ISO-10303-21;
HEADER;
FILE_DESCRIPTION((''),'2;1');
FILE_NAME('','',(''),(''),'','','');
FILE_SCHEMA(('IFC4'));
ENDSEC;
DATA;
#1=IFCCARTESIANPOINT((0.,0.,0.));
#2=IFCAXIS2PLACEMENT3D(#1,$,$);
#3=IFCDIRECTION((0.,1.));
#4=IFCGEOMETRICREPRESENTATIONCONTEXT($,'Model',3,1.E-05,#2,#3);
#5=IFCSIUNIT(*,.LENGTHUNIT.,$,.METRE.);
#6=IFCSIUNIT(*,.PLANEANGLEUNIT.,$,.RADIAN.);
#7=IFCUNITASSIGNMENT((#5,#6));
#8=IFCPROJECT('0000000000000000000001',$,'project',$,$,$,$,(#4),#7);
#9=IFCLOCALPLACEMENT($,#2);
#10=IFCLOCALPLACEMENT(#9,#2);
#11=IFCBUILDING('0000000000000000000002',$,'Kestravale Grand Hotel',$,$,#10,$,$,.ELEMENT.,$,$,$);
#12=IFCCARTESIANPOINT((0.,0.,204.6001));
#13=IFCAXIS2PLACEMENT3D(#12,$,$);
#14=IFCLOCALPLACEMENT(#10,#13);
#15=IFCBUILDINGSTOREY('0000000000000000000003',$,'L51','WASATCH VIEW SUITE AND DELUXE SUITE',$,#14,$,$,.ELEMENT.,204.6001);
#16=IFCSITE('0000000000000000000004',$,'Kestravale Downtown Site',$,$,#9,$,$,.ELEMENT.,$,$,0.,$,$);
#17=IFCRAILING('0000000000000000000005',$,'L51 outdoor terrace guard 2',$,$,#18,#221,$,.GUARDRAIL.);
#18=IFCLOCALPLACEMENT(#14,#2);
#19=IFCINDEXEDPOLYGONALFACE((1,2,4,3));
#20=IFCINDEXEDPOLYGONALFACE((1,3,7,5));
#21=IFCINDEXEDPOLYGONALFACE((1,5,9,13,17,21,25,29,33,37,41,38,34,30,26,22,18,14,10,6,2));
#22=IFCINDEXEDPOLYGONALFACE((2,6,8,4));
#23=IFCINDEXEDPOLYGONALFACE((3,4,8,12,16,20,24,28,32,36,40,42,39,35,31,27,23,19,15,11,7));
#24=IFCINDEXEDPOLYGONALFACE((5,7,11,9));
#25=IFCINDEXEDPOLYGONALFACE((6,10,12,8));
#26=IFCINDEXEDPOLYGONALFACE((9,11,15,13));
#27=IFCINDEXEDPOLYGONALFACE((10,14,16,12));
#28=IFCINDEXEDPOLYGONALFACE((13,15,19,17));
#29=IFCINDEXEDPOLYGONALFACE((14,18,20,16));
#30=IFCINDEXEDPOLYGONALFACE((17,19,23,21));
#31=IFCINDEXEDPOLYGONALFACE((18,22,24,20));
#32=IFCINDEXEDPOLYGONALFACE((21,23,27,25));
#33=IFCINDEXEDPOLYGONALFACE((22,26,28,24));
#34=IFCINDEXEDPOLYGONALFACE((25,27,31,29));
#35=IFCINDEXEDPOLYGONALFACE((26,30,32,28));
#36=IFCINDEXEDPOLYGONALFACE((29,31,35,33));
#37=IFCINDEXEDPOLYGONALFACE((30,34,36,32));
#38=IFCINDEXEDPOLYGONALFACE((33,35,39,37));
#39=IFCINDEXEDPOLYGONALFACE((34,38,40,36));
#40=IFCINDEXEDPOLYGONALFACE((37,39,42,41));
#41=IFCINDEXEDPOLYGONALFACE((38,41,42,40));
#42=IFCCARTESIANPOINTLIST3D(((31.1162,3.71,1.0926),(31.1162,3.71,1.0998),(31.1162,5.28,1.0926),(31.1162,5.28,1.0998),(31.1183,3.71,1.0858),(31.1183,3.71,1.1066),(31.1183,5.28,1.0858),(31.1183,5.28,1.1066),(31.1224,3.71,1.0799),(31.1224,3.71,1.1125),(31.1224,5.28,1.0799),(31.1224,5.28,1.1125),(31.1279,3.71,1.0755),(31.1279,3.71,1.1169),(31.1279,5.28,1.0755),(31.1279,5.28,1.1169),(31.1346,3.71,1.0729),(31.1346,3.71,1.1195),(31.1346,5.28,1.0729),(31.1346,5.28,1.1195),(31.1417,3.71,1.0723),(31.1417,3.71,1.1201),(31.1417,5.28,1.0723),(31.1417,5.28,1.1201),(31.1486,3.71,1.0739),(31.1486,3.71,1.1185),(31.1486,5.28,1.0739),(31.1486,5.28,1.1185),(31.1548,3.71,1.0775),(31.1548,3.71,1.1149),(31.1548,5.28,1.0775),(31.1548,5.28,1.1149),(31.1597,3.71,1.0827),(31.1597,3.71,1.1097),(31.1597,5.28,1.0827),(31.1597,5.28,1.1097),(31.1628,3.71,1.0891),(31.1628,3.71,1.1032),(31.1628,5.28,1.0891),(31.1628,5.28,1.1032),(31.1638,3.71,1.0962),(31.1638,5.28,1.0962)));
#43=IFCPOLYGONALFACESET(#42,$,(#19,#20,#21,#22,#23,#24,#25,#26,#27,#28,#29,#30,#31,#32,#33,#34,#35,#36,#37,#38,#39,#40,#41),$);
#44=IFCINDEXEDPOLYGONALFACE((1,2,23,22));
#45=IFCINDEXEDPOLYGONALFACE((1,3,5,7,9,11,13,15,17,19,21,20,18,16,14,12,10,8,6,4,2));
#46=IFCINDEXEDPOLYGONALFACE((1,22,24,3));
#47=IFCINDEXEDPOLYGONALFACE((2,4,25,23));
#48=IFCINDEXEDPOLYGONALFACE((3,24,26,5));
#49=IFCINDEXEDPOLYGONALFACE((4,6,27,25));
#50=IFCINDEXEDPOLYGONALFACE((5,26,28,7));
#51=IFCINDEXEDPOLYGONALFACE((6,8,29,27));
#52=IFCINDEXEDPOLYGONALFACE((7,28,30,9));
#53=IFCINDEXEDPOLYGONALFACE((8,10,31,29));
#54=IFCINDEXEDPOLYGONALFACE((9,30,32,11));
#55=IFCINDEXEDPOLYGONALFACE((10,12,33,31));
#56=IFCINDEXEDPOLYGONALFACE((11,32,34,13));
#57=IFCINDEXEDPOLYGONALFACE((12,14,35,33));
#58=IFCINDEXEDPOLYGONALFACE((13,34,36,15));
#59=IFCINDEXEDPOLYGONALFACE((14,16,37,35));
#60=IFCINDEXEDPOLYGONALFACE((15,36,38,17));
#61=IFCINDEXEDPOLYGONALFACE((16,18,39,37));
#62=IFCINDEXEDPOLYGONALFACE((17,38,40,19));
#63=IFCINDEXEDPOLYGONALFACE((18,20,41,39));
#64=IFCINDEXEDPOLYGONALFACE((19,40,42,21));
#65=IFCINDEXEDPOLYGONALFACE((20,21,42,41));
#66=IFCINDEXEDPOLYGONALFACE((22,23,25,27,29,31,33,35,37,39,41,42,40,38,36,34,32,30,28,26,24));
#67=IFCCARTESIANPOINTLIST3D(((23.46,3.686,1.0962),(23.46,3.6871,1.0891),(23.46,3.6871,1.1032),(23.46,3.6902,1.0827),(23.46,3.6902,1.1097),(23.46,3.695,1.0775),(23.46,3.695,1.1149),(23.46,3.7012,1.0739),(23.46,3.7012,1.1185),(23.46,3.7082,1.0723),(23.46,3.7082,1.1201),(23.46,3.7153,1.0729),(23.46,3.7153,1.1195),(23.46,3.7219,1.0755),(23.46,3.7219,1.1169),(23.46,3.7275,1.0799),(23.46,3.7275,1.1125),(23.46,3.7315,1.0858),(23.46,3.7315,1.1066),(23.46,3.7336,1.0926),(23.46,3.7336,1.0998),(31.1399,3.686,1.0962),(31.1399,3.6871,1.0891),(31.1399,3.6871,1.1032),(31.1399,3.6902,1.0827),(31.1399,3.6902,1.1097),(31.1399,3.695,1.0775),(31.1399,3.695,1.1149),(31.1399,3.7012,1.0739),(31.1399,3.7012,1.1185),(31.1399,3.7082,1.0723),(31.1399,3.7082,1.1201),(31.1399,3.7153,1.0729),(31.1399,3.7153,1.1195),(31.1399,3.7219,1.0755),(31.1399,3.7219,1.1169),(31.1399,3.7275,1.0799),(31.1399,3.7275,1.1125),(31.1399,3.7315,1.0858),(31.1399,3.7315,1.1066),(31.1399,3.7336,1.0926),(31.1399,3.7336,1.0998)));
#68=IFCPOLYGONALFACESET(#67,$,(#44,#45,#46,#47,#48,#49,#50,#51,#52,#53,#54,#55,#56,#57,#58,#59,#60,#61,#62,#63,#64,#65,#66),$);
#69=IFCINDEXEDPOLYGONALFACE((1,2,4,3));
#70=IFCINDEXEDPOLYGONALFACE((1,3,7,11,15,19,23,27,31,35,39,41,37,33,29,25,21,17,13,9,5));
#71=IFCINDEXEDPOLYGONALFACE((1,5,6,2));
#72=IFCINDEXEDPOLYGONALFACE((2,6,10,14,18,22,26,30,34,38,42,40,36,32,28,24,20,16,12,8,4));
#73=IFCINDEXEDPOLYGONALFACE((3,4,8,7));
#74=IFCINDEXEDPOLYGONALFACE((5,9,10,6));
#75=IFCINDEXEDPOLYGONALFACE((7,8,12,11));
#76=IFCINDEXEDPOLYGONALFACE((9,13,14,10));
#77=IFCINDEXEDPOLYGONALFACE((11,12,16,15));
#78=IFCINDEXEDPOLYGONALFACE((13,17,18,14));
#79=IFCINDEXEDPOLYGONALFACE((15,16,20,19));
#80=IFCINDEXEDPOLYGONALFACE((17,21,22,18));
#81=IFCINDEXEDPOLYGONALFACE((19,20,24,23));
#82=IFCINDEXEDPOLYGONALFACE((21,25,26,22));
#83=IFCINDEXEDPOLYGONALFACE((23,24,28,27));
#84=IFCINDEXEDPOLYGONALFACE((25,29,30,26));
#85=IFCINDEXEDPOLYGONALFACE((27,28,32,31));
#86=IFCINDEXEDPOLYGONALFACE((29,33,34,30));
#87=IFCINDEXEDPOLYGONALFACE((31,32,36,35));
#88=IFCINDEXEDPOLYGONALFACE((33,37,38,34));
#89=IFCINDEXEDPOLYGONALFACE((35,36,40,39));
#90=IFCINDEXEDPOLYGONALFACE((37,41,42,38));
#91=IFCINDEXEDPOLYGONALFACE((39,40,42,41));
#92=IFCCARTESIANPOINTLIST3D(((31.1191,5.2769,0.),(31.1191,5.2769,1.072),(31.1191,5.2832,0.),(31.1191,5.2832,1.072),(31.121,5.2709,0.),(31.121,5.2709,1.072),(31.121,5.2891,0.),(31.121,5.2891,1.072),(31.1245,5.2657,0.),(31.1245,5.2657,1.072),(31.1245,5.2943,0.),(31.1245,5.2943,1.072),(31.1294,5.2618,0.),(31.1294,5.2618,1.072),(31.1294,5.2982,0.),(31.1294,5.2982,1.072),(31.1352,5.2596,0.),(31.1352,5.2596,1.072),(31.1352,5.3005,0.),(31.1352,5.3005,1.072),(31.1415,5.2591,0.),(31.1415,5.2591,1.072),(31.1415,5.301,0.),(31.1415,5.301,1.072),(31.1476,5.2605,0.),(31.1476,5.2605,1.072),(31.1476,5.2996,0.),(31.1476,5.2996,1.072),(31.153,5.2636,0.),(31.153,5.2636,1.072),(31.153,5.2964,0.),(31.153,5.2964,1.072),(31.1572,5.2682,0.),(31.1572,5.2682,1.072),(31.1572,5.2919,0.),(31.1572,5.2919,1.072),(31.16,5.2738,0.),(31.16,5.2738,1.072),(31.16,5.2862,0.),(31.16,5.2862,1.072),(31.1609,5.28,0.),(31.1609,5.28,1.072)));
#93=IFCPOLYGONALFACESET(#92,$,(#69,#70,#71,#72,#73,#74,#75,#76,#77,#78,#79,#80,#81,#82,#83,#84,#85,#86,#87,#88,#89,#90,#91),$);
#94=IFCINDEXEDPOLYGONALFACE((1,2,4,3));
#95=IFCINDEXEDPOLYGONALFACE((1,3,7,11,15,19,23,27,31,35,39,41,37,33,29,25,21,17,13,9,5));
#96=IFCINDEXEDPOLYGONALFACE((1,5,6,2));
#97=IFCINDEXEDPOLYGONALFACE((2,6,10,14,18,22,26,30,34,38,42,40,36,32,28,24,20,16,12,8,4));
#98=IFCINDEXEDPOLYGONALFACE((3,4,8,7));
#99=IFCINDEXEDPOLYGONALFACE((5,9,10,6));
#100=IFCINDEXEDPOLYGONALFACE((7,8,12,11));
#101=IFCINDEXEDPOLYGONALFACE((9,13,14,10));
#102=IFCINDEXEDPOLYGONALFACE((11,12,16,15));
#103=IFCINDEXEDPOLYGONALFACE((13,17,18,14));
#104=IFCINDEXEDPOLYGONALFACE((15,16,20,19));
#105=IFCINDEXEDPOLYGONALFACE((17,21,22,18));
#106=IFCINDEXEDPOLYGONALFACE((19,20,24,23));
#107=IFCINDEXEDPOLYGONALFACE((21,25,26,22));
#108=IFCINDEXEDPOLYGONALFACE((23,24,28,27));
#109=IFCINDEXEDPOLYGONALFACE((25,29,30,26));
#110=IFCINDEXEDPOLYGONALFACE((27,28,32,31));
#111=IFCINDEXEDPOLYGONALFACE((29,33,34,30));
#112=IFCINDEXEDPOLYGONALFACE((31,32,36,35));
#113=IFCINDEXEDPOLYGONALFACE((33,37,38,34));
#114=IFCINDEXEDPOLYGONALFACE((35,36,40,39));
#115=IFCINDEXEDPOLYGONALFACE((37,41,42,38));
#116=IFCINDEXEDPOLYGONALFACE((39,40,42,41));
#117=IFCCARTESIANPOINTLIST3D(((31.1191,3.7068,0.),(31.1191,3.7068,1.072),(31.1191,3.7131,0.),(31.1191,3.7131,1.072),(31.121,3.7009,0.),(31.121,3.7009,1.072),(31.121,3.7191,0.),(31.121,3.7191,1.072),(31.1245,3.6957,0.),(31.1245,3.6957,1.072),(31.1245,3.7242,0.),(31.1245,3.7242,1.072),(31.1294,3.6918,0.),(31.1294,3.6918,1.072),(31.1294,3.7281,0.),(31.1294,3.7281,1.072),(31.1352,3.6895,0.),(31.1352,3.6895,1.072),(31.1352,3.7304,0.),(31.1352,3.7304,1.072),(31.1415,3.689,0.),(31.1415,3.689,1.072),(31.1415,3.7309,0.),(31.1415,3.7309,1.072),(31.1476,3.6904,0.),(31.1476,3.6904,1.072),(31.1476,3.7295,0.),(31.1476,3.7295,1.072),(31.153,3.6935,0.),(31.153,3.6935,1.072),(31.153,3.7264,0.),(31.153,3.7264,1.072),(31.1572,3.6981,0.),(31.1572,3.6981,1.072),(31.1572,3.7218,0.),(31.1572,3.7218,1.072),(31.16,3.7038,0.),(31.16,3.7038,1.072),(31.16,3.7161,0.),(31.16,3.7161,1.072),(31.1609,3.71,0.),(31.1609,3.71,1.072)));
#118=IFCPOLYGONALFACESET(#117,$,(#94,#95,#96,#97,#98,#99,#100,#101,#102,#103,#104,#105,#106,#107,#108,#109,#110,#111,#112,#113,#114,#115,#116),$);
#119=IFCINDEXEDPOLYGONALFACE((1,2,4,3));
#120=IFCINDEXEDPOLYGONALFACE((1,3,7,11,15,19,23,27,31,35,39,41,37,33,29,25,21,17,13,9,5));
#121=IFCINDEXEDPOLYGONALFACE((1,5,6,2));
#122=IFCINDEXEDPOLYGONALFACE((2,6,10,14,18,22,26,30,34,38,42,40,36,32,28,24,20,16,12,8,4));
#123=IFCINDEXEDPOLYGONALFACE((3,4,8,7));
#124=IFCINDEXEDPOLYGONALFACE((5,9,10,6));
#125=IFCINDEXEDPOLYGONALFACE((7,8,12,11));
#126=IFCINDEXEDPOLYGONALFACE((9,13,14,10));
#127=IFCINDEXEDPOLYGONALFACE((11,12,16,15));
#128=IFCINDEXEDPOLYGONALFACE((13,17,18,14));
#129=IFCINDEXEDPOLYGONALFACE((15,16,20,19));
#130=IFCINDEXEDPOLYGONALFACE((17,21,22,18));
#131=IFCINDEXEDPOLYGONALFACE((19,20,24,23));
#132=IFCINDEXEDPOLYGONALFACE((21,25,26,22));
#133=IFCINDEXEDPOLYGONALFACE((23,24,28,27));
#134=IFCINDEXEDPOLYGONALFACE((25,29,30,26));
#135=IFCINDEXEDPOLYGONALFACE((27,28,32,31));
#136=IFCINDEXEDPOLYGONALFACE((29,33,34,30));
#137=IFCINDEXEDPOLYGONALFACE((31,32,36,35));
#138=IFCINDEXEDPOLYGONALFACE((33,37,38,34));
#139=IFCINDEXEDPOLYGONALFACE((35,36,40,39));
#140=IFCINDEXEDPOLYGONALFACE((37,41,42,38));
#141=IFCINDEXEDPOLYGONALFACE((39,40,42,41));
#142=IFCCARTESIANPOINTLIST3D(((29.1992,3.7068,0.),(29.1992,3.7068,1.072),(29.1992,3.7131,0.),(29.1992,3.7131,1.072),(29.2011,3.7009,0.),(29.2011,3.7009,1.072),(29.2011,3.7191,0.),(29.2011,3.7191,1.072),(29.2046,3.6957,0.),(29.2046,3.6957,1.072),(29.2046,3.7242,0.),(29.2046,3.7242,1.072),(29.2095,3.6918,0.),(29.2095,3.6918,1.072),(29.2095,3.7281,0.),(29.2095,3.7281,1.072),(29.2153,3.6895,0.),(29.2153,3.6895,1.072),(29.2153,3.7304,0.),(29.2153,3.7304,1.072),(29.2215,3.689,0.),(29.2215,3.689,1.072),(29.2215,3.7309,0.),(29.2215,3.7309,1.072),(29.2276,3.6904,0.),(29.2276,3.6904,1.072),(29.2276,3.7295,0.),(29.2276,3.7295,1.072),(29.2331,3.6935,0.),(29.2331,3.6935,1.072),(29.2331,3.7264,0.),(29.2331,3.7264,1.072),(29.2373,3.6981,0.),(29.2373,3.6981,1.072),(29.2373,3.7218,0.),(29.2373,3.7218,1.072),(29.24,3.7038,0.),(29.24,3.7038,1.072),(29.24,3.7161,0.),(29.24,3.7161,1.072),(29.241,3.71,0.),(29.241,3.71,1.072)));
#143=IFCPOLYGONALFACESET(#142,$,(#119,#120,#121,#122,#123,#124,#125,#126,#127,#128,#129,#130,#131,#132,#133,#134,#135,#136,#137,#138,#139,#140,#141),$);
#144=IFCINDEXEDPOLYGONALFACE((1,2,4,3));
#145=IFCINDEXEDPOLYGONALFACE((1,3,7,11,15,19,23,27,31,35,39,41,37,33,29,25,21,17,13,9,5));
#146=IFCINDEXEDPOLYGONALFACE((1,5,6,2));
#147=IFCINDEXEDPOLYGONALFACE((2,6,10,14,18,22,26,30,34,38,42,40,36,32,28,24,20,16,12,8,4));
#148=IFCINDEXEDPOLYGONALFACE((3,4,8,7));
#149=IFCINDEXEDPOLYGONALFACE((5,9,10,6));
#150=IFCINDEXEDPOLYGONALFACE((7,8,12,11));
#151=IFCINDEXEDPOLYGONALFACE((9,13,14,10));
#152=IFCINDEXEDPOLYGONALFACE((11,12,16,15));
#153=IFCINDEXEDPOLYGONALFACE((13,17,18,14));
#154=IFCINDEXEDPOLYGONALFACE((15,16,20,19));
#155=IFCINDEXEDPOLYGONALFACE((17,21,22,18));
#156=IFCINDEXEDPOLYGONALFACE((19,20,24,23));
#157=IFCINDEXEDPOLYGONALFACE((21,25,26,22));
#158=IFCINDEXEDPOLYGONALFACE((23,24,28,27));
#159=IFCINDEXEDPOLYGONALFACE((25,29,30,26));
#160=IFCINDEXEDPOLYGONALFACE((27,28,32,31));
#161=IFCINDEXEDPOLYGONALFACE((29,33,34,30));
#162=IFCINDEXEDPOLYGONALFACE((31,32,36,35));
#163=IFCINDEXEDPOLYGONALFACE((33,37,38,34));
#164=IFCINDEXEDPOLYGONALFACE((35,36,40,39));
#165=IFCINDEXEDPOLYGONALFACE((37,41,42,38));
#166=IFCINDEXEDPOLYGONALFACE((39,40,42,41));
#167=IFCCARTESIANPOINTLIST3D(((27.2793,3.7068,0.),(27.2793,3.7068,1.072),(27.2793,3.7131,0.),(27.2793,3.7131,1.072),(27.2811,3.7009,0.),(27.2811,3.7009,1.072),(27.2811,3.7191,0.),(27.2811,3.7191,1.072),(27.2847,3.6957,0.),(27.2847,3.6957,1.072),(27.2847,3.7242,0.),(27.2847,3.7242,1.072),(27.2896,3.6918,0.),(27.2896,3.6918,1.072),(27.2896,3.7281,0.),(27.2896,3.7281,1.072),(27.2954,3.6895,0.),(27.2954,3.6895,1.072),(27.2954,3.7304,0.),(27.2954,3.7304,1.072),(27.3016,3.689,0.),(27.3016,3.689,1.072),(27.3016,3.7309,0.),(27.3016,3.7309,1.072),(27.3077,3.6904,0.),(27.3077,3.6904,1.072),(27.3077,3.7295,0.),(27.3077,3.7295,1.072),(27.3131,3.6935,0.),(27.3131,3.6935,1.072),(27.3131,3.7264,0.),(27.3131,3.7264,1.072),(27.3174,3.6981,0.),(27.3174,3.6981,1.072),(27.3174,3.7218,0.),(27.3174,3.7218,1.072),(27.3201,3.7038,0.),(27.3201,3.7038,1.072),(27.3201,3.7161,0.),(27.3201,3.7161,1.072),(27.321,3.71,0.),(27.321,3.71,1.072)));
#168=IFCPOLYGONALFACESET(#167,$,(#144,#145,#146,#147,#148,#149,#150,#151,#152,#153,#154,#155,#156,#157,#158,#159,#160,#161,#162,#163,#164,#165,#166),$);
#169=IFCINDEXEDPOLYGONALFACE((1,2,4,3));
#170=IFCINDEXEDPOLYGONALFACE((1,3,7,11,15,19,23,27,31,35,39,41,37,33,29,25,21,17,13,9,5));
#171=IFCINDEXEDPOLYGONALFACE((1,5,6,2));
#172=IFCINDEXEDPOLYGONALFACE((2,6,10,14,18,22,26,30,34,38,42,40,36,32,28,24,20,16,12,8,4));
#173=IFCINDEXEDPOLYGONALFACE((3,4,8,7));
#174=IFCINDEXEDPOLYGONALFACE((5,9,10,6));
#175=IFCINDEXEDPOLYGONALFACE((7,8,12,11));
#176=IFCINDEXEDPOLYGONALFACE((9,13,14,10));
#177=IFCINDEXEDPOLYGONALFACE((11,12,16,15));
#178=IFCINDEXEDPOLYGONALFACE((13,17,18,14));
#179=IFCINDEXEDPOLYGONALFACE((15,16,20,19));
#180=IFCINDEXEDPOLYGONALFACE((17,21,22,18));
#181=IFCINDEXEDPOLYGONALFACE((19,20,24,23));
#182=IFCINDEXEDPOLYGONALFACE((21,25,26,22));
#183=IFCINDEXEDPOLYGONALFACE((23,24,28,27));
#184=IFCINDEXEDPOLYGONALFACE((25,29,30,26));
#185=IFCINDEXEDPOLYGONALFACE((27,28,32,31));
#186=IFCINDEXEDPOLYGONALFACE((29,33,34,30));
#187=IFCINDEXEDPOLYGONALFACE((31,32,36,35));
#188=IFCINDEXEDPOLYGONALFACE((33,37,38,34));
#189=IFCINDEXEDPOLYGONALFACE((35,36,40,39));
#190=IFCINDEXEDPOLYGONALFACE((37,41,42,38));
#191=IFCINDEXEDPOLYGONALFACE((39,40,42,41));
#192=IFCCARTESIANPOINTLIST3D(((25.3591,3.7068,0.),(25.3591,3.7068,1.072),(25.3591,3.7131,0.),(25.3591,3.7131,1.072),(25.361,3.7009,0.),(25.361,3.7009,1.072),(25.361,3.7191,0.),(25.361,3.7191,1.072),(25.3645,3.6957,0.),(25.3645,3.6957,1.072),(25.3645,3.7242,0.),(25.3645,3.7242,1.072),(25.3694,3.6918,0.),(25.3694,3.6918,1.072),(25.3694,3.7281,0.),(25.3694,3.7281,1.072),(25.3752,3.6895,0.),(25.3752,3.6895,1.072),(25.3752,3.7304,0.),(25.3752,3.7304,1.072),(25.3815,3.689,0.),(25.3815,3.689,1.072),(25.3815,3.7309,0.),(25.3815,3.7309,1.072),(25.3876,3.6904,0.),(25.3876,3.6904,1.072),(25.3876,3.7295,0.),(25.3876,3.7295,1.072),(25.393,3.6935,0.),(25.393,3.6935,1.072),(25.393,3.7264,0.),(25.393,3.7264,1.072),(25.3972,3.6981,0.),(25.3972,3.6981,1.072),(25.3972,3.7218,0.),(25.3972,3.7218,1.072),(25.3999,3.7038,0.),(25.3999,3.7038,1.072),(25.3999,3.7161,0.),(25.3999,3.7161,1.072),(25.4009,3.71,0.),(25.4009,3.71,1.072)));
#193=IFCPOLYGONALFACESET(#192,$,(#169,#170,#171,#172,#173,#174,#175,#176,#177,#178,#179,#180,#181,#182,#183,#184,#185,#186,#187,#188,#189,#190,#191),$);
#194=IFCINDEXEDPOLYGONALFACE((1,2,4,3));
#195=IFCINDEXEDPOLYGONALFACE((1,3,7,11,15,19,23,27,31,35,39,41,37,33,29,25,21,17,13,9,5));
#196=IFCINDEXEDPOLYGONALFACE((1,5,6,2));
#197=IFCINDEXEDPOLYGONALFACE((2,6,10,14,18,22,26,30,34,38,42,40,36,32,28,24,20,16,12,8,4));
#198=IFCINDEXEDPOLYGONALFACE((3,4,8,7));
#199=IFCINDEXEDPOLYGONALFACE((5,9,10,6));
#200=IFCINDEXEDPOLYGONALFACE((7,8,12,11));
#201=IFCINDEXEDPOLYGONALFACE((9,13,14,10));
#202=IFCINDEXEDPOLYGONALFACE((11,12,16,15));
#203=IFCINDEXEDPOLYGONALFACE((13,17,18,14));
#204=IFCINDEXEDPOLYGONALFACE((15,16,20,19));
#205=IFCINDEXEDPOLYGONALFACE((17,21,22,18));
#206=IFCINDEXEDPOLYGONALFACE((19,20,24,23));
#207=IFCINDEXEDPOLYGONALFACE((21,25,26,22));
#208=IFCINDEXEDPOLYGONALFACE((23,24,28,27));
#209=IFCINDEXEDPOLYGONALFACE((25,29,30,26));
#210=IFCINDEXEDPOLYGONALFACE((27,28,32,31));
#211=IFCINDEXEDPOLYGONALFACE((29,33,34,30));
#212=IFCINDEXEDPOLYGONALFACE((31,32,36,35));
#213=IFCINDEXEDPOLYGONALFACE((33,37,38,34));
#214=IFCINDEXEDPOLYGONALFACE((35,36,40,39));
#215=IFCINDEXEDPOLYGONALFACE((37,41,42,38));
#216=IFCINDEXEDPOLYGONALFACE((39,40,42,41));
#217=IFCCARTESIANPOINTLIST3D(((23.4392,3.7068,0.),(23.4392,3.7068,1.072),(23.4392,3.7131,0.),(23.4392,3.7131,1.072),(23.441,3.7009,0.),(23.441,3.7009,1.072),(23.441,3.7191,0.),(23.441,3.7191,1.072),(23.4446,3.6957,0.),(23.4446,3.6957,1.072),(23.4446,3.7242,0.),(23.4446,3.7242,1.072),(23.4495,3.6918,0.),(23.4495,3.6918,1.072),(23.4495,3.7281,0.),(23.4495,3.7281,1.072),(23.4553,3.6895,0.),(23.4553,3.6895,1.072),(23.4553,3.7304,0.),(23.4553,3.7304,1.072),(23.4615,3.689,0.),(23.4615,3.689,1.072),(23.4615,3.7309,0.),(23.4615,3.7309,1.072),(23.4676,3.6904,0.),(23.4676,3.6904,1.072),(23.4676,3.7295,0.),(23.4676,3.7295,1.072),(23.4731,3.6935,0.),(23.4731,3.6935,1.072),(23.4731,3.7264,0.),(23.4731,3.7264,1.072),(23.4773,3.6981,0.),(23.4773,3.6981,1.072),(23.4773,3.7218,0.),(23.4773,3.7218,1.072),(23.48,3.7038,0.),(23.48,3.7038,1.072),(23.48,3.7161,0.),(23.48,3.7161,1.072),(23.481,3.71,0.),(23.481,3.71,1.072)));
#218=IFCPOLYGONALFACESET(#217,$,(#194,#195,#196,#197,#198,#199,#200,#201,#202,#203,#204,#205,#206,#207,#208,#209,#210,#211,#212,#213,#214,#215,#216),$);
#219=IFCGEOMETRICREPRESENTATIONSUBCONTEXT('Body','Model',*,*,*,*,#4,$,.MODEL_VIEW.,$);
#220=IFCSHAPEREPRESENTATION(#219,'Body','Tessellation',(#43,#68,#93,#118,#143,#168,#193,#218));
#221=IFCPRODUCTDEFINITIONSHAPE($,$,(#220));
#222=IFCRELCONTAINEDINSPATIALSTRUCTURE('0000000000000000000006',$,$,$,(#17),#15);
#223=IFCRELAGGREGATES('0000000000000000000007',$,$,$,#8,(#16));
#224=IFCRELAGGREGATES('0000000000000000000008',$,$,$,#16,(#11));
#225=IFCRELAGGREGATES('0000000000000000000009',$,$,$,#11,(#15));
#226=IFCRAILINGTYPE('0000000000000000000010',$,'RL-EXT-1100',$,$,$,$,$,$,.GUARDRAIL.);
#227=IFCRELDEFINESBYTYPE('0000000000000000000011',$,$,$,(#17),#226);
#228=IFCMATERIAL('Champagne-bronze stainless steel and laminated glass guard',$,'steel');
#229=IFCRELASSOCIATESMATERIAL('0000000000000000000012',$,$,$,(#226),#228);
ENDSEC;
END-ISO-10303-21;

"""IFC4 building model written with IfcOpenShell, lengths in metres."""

from ifc_helpers import new_model, si_unit, direction, frame, origin, origin_2d, place, context, subcontext, project, spatial, circle, extrude, material, type_object, element, save


model = new_model("IFC4")

# Units and contexts
model_context = context("Model", 3, precision=1e-05, world=origin(), true_north=direction((0.0, 1.0)))
body_context = subcontext(model_context, "Body", "Model", "MODEL_VIEW")
ifc_project = project(units=[si_unit("LENGTHUNIT", "METRE"), si_unit("PLANEANGLEUNIT", "RADIAN")], contexts=[model_context])

# Site, building, storey
site_placement = place(None, origin())
site = spatial("IfcSite", under=ifc_project, at=site_placement, Name="Kestravale Downtown Site", CompositionType="ELEMENT", RefElevation=0.0)
building_placement = place(site_placement, origin())
building = spatial("IfcBuilding", under=site, at=building_placement, Name="Kestravale Grand Hotel", CompositionType="ELEMENT")
storey_placement = place(building_placement, frame((0.0, 0.0, 204.6001)))
storey = spatial("IfcBuildingStorey", under=building, at=storey_placement, Name="L51", Description="WASATCH VIEW SUITE AND DELUXE SUITE", CompositionType="ELEMENT", Elevation=204.6001)

# Railing
ifc_material_1 = material(Name="Champagne-bronze stainless steel and laminated glass guard", Category="steel")
railing_type = type_object("IfcRailingType", Name="RL-EXT-1100", PredefinedType="GUARDRAIL", material=ifc_material_1)
railing_1_placement = place(storey_placement, frame((31.1399, 5.28, 0.0)))
element("IfcRailing", 1, at=railing_1_placement, inside=storey, type_object=railing_type, Name="L51 outdoor terrace guard 2", PredefinedType="GUARDRAIL", context=body_context, shape_type="SweptSolid", body=[
    extrude(circle(Radius=0.0239, at=origin_2d()), frame((0.0, 0.0, 1.0962), z_axis=(0.0, -1.0, 0.0), x_axis=(1.0, 0.0, 0.0)), (0.0, 0.0, 1.0), 1.5701),
    extrude(circle(Radius=0.0239, at=origin_2d()), frame((0.0, -1.5701, 1.0962), z_axis=(-1.0, 0.0, 0.0), x_axis=(0.0, -1.0, 0.0)), (0.0, 0.0, 1.0), 7.6799),
    extrude(circle(Radius=0.021, at=origin_2d()), origin(), (0.0, 0.0, 1.0), 1.072),
    extrude(circle(Radius=0.021, at=origin_2d()), frame((0.0, -1.5701, 0.0)), (0.0, 0.0, 1.0), 1.072),
    extrude(circle(Radius=0.021, at=origin_2d()), frame((-1.9199, -1.5701, 0.0)), (0.0, 0.0, 1.0), 1.072),
    extrude(circle(Radius=0.021, at=origin_2d()), frame((-3.8398, -1.5701, 0.0)), (0.0, 0.0, 1.0), 1.072),
    extrude(circle(Radius=0.021, at=origin_2d()), frame((-5.76, -1.5701, 0.0)), (0.0, 0.0, 1.0), 1.072),
    extrude(circle(Radius=0.021, at=origin_2d()), frame((-7.6799, -1.5701, 0.0)), (0.0, 0.0, 1.0), 1.072),
])

save(model, "model.ifc")
